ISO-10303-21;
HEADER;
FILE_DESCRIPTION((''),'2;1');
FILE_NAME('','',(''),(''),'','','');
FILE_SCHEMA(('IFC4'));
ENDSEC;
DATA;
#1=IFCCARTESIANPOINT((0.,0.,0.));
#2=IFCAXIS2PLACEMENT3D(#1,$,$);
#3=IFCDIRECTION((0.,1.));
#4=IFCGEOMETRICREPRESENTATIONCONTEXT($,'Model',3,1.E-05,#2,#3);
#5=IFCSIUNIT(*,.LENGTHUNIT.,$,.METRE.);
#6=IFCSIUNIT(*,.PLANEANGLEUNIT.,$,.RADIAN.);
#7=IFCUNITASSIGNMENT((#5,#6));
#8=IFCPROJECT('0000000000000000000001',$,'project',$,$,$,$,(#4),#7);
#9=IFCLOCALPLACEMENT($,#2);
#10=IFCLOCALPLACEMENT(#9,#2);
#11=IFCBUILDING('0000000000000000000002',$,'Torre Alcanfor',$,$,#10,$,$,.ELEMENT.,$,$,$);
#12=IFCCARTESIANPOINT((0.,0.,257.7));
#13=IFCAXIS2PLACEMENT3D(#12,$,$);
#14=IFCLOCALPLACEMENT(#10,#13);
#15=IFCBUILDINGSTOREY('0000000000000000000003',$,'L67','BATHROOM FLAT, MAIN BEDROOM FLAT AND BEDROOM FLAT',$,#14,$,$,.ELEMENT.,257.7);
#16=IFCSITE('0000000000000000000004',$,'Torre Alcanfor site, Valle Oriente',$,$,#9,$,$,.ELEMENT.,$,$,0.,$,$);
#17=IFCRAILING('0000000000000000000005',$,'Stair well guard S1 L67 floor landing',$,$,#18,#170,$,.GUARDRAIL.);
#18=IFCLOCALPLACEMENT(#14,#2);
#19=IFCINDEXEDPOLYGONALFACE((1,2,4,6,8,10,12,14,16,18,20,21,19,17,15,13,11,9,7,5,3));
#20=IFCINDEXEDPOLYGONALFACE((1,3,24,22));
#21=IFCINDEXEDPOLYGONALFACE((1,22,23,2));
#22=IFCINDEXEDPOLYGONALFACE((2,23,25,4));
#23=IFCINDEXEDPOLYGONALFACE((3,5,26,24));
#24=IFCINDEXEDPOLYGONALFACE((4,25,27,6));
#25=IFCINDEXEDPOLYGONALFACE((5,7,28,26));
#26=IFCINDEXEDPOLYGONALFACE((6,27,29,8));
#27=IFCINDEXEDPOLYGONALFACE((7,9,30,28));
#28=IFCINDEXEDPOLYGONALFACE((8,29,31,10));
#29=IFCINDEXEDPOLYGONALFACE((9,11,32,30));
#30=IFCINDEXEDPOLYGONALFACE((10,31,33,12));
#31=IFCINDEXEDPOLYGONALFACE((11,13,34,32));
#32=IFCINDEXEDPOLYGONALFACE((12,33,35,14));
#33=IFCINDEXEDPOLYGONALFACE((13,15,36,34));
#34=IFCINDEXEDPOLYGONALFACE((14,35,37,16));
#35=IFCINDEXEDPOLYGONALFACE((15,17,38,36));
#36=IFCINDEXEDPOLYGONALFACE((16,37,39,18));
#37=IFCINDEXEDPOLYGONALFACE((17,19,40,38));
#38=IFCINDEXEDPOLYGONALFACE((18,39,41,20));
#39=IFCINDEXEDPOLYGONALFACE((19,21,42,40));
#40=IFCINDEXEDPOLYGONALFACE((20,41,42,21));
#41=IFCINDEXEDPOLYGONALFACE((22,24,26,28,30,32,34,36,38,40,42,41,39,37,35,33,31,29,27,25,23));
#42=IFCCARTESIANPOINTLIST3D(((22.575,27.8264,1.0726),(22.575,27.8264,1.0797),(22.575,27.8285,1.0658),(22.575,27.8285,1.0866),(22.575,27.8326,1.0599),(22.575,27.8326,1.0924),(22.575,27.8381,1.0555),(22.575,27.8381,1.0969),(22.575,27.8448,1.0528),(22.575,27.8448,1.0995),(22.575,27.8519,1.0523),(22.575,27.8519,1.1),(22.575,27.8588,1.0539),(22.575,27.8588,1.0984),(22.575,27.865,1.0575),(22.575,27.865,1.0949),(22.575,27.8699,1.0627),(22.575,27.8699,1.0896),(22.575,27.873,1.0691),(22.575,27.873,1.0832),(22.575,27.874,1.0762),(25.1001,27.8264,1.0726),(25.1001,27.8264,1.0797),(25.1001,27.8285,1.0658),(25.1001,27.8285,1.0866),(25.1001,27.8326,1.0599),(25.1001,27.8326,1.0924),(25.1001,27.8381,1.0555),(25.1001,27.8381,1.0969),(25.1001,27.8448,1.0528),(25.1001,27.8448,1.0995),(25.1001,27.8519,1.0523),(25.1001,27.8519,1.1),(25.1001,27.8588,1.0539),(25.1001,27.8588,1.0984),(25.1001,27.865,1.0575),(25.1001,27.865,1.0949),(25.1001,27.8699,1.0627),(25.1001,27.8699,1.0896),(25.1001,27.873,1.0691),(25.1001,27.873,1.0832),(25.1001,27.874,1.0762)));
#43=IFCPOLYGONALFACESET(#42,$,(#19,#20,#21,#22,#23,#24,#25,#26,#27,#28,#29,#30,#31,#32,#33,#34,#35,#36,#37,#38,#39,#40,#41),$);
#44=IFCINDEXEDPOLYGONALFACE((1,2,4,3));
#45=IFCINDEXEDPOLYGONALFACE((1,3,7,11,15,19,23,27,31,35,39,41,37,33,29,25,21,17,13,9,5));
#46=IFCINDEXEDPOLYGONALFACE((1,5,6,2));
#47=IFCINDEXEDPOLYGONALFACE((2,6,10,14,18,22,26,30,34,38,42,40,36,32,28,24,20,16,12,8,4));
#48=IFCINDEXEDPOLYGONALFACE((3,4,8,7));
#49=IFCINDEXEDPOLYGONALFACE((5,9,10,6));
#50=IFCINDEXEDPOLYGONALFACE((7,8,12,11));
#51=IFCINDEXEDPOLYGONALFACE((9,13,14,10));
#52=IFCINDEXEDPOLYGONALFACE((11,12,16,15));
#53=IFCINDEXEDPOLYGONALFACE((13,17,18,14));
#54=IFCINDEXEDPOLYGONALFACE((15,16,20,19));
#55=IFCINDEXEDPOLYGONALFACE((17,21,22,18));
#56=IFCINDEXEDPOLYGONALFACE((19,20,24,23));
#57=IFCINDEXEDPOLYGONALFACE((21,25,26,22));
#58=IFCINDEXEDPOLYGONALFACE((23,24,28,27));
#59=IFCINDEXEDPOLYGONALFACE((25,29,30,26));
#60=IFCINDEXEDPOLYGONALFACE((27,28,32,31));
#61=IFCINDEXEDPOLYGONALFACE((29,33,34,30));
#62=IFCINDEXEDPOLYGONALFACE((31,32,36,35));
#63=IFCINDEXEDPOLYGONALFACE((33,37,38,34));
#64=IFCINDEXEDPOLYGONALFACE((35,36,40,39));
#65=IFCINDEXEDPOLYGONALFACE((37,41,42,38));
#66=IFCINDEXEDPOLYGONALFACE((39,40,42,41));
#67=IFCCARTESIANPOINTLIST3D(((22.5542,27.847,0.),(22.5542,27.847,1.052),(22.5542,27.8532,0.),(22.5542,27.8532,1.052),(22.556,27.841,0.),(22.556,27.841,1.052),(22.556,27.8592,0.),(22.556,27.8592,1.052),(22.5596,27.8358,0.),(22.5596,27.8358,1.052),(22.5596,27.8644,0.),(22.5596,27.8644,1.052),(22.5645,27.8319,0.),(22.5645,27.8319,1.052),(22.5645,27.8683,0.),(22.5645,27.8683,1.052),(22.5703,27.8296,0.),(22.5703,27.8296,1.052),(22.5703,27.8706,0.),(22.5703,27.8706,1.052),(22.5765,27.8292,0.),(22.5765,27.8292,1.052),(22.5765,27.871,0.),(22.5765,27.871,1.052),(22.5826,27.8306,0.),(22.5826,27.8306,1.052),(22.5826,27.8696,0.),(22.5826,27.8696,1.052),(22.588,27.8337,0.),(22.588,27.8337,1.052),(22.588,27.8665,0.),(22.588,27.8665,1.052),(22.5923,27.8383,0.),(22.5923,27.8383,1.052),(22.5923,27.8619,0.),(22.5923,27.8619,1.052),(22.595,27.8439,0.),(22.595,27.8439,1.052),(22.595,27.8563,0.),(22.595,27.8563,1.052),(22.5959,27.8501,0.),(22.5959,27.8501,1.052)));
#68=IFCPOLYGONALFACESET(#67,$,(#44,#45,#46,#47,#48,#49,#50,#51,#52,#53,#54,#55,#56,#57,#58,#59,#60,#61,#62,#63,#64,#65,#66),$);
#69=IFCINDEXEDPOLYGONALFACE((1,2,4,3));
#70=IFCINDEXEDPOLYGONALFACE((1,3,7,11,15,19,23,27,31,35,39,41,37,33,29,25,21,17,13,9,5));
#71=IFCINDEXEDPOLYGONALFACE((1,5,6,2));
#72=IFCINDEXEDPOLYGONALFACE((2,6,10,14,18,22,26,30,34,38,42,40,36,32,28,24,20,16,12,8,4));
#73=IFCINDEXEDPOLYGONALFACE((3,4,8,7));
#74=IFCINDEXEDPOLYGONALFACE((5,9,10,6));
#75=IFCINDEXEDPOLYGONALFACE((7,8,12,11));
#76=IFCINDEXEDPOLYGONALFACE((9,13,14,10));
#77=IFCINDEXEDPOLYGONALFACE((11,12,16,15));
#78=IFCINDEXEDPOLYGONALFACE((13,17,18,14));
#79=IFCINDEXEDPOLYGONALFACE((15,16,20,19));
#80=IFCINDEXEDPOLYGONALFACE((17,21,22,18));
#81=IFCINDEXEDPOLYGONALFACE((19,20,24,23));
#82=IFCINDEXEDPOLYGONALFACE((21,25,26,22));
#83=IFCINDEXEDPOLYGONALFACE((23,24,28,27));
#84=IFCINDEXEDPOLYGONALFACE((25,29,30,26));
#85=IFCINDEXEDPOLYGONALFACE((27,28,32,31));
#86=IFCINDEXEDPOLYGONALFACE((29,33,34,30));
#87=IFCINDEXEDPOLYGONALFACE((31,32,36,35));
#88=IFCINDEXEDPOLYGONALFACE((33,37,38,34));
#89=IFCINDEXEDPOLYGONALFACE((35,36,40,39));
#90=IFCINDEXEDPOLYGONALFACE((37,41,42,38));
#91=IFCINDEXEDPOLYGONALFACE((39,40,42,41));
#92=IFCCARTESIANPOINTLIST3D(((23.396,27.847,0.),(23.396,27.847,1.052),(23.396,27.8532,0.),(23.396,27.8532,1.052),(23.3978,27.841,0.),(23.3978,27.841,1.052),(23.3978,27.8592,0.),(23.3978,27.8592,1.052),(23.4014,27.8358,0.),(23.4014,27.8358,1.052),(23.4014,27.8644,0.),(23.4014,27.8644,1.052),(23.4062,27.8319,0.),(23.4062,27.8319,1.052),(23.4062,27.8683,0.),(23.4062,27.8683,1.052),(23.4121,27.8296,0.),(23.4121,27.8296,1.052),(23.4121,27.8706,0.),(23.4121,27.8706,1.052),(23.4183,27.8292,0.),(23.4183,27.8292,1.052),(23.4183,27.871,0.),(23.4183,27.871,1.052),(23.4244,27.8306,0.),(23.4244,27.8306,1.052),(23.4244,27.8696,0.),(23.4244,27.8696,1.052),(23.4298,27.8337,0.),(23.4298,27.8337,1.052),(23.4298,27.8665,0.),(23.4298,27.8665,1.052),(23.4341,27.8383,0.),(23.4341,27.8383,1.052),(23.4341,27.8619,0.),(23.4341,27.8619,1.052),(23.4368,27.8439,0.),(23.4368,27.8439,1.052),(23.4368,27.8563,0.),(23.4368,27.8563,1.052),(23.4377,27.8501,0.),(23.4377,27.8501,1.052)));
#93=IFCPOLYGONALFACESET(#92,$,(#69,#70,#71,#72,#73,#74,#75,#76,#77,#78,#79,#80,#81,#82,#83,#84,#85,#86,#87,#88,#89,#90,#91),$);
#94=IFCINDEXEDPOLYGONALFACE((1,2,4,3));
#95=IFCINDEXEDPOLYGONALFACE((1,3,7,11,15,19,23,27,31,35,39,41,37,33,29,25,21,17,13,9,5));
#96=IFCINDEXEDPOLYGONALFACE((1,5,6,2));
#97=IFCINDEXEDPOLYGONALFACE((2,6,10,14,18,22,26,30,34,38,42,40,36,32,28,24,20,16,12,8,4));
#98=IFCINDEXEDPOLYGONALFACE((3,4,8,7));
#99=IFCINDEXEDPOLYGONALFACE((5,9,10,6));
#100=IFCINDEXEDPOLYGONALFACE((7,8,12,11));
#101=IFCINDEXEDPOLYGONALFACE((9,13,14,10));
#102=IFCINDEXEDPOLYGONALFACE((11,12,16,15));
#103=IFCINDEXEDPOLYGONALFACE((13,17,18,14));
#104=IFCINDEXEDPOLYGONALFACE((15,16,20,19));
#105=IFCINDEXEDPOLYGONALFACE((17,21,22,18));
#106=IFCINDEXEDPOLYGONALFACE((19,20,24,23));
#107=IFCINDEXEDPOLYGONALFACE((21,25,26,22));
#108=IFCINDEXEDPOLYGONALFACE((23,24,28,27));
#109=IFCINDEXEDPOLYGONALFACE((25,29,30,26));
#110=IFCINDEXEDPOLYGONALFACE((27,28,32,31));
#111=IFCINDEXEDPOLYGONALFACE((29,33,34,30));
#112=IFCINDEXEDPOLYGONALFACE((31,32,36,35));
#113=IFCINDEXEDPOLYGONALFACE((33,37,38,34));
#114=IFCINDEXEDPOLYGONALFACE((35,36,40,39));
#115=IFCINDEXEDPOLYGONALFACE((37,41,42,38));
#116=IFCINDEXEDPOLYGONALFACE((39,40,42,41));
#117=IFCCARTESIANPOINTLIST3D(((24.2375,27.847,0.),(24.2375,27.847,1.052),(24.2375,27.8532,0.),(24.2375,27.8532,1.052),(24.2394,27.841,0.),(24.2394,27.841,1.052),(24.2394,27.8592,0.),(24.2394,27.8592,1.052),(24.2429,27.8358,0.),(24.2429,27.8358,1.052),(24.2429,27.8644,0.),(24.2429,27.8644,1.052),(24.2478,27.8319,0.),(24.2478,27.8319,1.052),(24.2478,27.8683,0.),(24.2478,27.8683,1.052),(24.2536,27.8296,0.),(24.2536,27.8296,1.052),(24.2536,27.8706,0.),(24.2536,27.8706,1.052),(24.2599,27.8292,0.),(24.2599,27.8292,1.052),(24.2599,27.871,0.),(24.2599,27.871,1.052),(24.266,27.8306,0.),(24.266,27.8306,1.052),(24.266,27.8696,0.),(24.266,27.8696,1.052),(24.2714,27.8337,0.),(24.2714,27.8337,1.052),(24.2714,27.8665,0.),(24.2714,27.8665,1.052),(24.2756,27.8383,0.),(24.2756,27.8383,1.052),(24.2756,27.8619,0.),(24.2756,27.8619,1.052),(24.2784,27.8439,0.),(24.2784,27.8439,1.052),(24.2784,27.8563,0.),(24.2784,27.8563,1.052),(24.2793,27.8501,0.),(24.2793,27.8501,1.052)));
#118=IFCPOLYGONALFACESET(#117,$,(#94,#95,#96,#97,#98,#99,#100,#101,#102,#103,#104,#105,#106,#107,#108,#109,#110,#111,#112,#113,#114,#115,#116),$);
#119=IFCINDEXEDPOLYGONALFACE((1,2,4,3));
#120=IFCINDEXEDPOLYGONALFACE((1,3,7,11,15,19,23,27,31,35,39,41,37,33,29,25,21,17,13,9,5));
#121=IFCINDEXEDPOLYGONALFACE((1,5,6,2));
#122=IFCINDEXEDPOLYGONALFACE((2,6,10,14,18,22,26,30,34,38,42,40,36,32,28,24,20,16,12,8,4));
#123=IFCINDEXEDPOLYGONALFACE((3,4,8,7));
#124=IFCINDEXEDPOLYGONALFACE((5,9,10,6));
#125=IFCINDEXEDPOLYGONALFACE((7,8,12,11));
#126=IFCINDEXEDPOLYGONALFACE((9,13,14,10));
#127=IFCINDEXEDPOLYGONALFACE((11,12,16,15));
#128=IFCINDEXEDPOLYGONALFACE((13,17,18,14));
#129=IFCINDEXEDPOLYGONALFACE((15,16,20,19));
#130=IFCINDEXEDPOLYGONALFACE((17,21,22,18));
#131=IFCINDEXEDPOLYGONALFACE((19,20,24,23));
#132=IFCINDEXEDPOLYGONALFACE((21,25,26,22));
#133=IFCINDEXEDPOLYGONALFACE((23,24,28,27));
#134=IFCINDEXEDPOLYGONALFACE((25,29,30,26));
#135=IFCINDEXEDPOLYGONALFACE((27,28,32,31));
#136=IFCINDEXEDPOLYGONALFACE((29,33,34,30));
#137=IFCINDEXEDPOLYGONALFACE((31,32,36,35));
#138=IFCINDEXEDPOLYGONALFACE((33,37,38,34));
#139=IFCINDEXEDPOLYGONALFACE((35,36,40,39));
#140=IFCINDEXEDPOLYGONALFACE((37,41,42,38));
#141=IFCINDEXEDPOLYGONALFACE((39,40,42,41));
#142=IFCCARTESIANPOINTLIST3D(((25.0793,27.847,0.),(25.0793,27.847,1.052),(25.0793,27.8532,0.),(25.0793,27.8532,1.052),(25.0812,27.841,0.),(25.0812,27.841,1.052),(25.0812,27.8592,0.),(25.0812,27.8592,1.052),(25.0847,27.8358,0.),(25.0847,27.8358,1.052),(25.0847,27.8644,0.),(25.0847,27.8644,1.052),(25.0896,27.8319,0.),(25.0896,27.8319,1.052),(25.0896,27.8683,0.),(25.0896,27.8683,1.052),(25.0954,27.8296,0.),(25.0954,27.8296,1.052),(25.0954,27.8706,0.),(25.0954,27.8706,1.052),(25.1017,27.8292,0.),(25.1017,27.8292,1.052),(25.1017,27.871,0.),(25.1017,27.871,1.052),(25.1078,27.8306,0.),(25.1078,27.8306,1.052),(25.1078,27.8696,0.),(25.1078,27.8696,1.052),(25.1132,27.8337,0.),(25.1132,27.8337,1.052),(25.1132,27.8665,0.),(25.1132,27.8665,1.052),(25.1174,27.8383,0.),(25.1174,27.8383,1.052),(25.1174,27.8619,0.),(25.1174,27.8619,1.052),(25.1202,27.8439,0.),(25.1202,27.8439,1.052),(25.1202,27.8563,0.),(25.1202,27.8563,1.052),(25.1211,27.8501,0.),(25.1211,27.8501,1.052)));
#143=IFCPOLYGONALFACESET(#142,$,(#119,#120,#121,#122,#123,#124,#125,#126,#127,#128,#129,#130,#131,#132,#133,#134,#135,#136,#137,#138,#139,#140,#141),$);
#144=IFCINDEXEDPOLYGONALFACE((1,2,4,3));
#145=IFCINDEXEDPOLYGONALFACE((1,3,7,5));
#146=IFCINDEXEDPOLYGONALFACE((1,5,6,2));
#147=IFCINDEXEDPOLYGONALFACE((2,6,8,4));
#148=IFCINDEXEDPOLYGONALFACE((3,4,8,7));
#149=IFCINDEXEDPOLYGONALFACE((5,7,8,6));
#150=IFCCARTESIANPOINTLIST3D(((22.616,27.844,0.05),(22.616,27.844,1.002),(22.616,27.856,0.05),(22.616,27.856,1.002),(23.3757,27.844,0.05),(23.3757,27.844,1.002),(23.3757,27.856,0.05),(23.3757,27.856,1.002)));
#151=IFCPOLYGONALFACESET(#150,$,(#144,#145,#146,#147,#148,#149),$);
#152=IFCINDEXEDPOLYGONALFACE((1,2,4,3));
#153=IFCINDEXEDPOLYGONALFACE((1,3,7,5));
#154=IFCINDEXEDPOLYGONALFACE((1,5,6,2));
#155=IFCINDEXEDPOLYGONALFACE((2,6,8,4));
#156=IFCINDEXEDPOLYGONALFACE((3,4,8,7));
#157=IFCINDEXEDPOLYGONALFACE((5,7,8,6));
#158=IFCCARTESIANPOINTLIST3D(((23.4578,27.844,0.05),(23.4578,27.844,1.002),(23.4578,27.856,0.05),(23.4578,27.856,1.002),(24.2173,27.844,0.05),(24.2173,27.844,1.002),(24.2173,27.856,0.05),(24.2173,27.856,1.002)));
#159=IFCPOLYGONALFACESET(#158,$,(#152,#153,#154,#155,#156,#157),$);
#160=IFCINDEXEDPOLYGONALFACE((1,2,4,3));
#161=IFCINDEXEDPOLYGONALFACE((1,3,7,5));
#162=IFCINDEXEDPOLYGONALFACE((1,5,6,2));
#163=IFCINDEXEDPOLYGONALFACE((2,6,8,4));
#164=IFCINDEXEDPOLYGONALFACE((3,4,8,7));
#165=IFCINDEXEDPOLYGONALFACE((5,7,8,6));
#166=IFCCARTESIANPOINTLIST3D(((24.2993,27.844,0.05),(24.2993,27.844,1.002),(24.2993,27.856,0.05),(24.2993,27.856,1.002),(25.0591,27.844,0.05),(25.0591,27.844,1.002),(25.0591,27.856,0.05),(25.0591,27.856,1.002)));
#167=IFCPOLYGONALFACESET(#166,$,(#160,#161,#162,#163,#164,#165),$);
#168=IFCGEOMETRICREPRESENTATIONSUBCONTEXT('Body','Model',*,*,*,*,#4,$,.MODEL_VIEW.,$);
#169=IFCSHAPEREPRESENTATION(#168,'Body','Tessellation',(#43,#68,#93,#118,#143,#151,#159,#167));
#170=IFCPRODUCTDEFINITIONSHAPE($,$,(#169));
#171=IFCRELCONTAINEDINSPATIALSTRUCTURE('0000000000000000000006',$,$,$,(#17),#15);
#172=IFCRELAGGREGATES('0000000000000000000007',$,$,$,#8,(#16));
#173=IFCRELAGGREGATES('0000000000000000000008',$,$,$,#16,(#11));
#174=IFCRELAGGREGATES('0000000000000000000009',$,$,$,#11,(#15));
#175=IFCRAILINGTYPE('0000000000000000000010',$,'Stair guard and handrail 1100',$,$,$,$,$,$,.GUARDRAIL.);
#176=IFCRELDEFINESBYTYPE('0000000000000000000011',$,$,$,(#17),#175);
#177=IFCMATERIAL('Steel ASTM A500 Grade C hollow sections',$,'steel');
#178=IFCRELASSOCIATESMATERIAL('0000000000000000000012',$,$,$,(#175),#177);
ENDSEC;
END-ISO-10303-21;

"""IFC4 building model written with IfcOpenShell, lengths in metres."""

from ifc_helpers import new_model, si_unit, direction, frame, origin, origin_2d, place, context, subcontext, project, spatial, polyline, circle, outline, extrude, material, type_object, element, save


model = new_model("IFC4")

# Units and contexts
model_context = context("Model", 3, precision=1e-05, world=origin(), true_north=direction((0.0, 1.0)))
body_context = subcontext(model_context, "Body", "Model", "MODEL_VIEW")
ifc_project = project(units=[si_unit("LENGTHUNIT", "METRE"), si_unit("PLANEANGLEUNIT", "RADIAN")], contexts=[model_context])

# Site, building, storey
site_placement = place(None, origin())
site = spatial("IfcSite", under=ifc_project, at=site_placement, Name="Torre Alcanfor site, Valle Oriente", CompositionType="ELEMENT", RefElevation=0.0)
building_placement = place(site_placement, origin())
building = spatial("IfcBuilding", under=site, at=building_placement, Name="Torre Alcanfor", CompositionType="ELEMENT")
storey_placement = place(building_placement, frame((0.0, 0.0, 257.7)))
storey = spatial("IfcBuildingStorey", under=building, at=storey_placement, Name="L67", Description="BATHROOM FLAT, MAIN BEDROOM FLAT AND BEDROOM FLAT", CompositionType="ELEMENT", Elevation=257.7)

# Railing
ifc_material_1 = material(Name="Steel ASTM A500 Grade C hollow sections", Category="steel")
railing_type_1 = type_object("IfcRailingType", Name="Stair guard and handrail 1100", PredefinedType="GUARDRAIL", material=ifc_material_1)
railing_1_placement = place(storey_placement, frame((22.575, 27.8501, 0.0)))
element("IfcRailing", 1, at=railing_1_placement, inside=storey, type_object=railing_type_1, Name="Stair well guard S1 L67 floor landing", PredefinedType="GUARDRAIL", context=body_context, shape_type="SweptSolid", body=[
    extrude(circle(Radius=0.0239, at=origin_2d()), frame((0.0, 0.0, 1.0762), z_axis=(1.0, 0.0, 0.0), x_axis=(0.0, 1.0, 0.0)), (0.0, 0.0, 1.0), 2.5251),
    extrude(circle(Radius=0.021, at=origin_2d()), origin(), (0.0, 0.0, 1.0), 1.052),
    extrude(circle(Radius=0.021, at=origin_2d()), frame((0.8418, 0.0, 0.0)), (0.0, 0.0, 1.0), 1.052),
    extrude(circle(Radius=0.021, at=origin_2d()), frame((1.6833, 0.0, 0.0)), (0.0, 0.0, 1.0), 1.052),
    extrude(circle(Radius=0.021, at=origin_2d()), frame((2.5251, 0.0, 0.0)), (0.0, 0.0, 1.0), 1.052),
    extrude(outline(polyline([(0.041, 0.05), (0.8008, 0.05), (0.8008, 1.002), (0.041, 1.002), (0.041, 0.05)])), frame((0.0, 0.0059, 0.0), z_axis=(0.0, -1.0, 0.0), x_axis=(1.0, 0.0, 0.0)), (0.0, 0.0, 1.0), 0.012),
    extrude(outline(polyline([(0.8828, 0.05), (1.6423, 0.05), (1.6423, 1.002), (0.8828, 1.002), (0.8828, 0.05)])), frame((0.0, 0.0059, 0.0), z_axis=(0.0, -1.0, 0.0), x_axis=(1.0, 0.0, 0.0)), (0.0, 0.0, 1.0), 0.012),
    extrude(outline(polyline([(1.7244, 0.05), (2.4841, 0.05), (2.4841, 1.002), (1.7244, 1.002), (1.7244, 0.05)])), frame((0.0, 0.0059, 0.0), z_axis=(0.0, -1.0, 0.0), x_axis=(1.0, 0.0, 0.0)), (0.0, 0.0, 1.0), 0.012),
])

save(model, "model.ifc")
